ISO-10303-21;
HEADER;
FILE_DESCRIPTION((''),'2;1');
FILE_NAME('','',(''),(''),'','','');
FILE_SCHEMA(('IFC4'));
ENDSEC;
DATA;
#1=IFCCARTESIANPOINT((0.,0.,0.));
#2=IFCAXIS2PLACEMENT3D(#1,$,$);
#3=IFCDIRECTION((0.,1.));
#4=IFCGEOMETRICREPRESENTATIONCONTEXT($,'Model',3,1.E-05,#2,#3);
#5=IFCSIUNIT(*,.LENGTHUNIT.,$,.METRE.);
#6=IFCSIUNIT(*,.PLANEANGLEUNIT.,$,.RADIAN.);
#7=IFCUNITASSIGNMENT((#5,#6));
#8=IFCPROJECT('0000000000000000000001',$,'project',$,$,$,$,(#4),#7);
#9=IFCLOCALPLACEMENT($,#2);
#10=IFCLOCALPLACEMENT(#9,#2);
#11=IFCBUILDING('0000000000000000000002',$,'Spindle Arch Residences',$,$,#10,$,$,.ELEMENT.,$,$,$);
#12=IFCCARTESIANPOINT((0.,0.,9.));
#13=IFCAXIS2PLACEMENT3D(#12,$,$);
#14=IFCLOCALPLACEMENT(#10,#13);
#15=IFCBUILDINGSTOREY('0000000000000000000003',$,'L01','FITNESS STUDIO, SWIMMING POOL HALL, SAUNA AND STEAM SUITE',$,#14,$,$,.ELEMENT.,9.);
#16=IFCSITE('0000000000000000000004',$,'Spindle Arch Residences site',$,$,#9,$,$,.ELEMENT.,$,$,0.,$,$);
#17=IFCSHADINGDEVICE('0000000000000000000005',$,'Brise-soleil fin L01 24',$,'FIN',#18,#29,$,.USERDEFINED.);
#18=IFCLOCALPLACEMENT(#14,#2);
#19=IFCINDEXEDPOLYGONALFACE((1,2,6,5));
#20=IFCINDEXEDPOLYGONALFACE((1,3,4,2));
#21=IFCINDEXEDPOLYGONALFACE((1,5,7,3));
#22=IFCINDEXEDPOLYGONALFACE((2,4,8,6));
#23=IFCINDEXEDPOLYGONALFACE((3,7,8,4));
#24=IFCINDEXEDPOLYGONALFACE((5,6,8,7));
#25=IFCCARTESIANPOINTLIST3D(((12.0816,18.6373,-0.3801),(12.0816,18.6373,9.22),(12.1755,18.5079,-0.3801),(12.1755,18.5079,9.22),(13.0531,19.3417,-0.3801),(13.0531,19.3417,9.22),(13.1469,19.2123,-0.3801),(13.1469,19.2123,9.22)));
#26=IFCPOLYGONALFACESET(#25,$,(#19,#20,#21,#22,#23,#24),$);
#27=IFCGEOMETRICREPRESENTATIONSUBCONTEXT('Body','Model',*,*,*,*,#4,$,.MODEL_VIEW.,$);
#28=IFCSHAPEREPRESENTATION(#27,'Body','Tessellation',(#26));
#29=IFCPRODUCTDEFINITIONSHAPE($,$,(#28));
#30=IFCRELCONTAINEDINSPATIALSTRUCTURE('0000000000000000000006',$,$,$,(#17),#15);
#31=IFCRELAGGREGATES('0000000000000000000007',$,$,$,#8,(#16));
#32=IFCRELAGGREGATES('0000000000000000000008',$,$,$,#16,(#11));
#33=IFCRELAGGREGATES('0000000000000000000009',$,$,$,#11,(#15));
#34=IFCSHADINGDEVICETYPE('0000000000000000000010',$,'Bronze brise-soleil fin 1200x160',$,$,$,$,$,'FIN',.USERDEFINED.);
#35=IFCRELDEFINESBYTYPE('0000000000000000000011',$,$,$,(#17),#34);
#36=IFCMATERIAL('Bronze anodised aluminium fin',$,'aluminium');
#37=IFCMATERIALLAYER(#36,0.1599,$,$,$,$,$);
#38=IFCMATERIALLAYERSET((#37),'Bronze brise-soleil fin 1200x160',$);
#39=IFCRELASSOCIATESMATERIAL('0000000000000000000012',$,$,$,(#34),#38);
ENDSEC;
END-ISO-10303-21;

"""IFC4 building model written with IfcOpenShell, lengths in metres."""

from ifc_helpers import new_model, si_unit, direction, frame, origin, origin_2d, place, context, subcontext, project, spatial, rectangle, extrude, material, layer, layer_set, type_object, element, save


model = new_model("IFC4")

# Units and contexts
model_context = context("Model", 3, precision=1e-05, world=origin(), true_north=direction((0.0, 1.0)))
body_context = subcontext(model_context, "Body", "Model", "MODEL_VIEW")
ifc_project = project(units=[si_unit("LENGTHUNIT", "METRE"), si_unit("PLANEANGLEUNIT", "RADIAN")], contexts=[model_context])

# Site, building, storey
site_placement = place(None, origin())
site = spatial("IfcSite", under=ifc_project, at=site_placement, Name="Spindle Arch Residences site", CompositionType="ELEMENT", RefElevation=0.0)
building_placement = place(site_placement, origin())
building = spatial("IfcBuilding", under=site, at=building_placement, Name="Spindle Arch Residences", CompositionType="ELEMENT")
storey_placement = place(building_placement, frame((0.0, 0.0, 9.0)))
storey = spatial("IfcBuildingStorey", under=building, at=storey_placement, Name="L01", Description="FITNESS STUDIO, SWIMMING POOL HALL, SAUNA AND STEAM SUITE", CompositionType="ELEMENT", Elevation=9.0)

# Shading device
ifc_material_1 = material(Name="Bronze anodised aluminium fin", Category="aluminium")
ifc_layer_1 = layer(ifc_material_1, 0.1599)
ifc_layer_set_1 = layer_set([ifc_layer_1], Name="Bronze brise-soleil fin 1200x160")
shading_device_type = type_object("IfcShadingDeviceType", Name="Bronze brise-soleil fin 1200x160", ElementType="FIN", PredefinedType="USERDEFINED", material=ifc_layer_set_1)
for number, where, z_axis, x_axis, name in (
    (1, (12.6143, 18.9248, -0.3801), (0.0, 0.0, 1.0), (0.809582, 0.587007, 0.0), "Brise-soleil fin L01 24"),
):
    element("IfcShadingDevice", number, at=place(storey_placement, frame(where, z_axis=z_axis, x_axis=x_axis)), inside=storey, type_object=shading_device_type, Name=name, ObjectType="FIN", PredefinedType="USERDEFINED", context=body_context, shape_type="SweptSolid", body=[
        extrude(rectangle(XDim=1.2, YDim=0.1599, at=origin_2d()), origin(), (0.0, 0.0, 1.0), 9.6001),
    ])

save(model, "model.ifc")
